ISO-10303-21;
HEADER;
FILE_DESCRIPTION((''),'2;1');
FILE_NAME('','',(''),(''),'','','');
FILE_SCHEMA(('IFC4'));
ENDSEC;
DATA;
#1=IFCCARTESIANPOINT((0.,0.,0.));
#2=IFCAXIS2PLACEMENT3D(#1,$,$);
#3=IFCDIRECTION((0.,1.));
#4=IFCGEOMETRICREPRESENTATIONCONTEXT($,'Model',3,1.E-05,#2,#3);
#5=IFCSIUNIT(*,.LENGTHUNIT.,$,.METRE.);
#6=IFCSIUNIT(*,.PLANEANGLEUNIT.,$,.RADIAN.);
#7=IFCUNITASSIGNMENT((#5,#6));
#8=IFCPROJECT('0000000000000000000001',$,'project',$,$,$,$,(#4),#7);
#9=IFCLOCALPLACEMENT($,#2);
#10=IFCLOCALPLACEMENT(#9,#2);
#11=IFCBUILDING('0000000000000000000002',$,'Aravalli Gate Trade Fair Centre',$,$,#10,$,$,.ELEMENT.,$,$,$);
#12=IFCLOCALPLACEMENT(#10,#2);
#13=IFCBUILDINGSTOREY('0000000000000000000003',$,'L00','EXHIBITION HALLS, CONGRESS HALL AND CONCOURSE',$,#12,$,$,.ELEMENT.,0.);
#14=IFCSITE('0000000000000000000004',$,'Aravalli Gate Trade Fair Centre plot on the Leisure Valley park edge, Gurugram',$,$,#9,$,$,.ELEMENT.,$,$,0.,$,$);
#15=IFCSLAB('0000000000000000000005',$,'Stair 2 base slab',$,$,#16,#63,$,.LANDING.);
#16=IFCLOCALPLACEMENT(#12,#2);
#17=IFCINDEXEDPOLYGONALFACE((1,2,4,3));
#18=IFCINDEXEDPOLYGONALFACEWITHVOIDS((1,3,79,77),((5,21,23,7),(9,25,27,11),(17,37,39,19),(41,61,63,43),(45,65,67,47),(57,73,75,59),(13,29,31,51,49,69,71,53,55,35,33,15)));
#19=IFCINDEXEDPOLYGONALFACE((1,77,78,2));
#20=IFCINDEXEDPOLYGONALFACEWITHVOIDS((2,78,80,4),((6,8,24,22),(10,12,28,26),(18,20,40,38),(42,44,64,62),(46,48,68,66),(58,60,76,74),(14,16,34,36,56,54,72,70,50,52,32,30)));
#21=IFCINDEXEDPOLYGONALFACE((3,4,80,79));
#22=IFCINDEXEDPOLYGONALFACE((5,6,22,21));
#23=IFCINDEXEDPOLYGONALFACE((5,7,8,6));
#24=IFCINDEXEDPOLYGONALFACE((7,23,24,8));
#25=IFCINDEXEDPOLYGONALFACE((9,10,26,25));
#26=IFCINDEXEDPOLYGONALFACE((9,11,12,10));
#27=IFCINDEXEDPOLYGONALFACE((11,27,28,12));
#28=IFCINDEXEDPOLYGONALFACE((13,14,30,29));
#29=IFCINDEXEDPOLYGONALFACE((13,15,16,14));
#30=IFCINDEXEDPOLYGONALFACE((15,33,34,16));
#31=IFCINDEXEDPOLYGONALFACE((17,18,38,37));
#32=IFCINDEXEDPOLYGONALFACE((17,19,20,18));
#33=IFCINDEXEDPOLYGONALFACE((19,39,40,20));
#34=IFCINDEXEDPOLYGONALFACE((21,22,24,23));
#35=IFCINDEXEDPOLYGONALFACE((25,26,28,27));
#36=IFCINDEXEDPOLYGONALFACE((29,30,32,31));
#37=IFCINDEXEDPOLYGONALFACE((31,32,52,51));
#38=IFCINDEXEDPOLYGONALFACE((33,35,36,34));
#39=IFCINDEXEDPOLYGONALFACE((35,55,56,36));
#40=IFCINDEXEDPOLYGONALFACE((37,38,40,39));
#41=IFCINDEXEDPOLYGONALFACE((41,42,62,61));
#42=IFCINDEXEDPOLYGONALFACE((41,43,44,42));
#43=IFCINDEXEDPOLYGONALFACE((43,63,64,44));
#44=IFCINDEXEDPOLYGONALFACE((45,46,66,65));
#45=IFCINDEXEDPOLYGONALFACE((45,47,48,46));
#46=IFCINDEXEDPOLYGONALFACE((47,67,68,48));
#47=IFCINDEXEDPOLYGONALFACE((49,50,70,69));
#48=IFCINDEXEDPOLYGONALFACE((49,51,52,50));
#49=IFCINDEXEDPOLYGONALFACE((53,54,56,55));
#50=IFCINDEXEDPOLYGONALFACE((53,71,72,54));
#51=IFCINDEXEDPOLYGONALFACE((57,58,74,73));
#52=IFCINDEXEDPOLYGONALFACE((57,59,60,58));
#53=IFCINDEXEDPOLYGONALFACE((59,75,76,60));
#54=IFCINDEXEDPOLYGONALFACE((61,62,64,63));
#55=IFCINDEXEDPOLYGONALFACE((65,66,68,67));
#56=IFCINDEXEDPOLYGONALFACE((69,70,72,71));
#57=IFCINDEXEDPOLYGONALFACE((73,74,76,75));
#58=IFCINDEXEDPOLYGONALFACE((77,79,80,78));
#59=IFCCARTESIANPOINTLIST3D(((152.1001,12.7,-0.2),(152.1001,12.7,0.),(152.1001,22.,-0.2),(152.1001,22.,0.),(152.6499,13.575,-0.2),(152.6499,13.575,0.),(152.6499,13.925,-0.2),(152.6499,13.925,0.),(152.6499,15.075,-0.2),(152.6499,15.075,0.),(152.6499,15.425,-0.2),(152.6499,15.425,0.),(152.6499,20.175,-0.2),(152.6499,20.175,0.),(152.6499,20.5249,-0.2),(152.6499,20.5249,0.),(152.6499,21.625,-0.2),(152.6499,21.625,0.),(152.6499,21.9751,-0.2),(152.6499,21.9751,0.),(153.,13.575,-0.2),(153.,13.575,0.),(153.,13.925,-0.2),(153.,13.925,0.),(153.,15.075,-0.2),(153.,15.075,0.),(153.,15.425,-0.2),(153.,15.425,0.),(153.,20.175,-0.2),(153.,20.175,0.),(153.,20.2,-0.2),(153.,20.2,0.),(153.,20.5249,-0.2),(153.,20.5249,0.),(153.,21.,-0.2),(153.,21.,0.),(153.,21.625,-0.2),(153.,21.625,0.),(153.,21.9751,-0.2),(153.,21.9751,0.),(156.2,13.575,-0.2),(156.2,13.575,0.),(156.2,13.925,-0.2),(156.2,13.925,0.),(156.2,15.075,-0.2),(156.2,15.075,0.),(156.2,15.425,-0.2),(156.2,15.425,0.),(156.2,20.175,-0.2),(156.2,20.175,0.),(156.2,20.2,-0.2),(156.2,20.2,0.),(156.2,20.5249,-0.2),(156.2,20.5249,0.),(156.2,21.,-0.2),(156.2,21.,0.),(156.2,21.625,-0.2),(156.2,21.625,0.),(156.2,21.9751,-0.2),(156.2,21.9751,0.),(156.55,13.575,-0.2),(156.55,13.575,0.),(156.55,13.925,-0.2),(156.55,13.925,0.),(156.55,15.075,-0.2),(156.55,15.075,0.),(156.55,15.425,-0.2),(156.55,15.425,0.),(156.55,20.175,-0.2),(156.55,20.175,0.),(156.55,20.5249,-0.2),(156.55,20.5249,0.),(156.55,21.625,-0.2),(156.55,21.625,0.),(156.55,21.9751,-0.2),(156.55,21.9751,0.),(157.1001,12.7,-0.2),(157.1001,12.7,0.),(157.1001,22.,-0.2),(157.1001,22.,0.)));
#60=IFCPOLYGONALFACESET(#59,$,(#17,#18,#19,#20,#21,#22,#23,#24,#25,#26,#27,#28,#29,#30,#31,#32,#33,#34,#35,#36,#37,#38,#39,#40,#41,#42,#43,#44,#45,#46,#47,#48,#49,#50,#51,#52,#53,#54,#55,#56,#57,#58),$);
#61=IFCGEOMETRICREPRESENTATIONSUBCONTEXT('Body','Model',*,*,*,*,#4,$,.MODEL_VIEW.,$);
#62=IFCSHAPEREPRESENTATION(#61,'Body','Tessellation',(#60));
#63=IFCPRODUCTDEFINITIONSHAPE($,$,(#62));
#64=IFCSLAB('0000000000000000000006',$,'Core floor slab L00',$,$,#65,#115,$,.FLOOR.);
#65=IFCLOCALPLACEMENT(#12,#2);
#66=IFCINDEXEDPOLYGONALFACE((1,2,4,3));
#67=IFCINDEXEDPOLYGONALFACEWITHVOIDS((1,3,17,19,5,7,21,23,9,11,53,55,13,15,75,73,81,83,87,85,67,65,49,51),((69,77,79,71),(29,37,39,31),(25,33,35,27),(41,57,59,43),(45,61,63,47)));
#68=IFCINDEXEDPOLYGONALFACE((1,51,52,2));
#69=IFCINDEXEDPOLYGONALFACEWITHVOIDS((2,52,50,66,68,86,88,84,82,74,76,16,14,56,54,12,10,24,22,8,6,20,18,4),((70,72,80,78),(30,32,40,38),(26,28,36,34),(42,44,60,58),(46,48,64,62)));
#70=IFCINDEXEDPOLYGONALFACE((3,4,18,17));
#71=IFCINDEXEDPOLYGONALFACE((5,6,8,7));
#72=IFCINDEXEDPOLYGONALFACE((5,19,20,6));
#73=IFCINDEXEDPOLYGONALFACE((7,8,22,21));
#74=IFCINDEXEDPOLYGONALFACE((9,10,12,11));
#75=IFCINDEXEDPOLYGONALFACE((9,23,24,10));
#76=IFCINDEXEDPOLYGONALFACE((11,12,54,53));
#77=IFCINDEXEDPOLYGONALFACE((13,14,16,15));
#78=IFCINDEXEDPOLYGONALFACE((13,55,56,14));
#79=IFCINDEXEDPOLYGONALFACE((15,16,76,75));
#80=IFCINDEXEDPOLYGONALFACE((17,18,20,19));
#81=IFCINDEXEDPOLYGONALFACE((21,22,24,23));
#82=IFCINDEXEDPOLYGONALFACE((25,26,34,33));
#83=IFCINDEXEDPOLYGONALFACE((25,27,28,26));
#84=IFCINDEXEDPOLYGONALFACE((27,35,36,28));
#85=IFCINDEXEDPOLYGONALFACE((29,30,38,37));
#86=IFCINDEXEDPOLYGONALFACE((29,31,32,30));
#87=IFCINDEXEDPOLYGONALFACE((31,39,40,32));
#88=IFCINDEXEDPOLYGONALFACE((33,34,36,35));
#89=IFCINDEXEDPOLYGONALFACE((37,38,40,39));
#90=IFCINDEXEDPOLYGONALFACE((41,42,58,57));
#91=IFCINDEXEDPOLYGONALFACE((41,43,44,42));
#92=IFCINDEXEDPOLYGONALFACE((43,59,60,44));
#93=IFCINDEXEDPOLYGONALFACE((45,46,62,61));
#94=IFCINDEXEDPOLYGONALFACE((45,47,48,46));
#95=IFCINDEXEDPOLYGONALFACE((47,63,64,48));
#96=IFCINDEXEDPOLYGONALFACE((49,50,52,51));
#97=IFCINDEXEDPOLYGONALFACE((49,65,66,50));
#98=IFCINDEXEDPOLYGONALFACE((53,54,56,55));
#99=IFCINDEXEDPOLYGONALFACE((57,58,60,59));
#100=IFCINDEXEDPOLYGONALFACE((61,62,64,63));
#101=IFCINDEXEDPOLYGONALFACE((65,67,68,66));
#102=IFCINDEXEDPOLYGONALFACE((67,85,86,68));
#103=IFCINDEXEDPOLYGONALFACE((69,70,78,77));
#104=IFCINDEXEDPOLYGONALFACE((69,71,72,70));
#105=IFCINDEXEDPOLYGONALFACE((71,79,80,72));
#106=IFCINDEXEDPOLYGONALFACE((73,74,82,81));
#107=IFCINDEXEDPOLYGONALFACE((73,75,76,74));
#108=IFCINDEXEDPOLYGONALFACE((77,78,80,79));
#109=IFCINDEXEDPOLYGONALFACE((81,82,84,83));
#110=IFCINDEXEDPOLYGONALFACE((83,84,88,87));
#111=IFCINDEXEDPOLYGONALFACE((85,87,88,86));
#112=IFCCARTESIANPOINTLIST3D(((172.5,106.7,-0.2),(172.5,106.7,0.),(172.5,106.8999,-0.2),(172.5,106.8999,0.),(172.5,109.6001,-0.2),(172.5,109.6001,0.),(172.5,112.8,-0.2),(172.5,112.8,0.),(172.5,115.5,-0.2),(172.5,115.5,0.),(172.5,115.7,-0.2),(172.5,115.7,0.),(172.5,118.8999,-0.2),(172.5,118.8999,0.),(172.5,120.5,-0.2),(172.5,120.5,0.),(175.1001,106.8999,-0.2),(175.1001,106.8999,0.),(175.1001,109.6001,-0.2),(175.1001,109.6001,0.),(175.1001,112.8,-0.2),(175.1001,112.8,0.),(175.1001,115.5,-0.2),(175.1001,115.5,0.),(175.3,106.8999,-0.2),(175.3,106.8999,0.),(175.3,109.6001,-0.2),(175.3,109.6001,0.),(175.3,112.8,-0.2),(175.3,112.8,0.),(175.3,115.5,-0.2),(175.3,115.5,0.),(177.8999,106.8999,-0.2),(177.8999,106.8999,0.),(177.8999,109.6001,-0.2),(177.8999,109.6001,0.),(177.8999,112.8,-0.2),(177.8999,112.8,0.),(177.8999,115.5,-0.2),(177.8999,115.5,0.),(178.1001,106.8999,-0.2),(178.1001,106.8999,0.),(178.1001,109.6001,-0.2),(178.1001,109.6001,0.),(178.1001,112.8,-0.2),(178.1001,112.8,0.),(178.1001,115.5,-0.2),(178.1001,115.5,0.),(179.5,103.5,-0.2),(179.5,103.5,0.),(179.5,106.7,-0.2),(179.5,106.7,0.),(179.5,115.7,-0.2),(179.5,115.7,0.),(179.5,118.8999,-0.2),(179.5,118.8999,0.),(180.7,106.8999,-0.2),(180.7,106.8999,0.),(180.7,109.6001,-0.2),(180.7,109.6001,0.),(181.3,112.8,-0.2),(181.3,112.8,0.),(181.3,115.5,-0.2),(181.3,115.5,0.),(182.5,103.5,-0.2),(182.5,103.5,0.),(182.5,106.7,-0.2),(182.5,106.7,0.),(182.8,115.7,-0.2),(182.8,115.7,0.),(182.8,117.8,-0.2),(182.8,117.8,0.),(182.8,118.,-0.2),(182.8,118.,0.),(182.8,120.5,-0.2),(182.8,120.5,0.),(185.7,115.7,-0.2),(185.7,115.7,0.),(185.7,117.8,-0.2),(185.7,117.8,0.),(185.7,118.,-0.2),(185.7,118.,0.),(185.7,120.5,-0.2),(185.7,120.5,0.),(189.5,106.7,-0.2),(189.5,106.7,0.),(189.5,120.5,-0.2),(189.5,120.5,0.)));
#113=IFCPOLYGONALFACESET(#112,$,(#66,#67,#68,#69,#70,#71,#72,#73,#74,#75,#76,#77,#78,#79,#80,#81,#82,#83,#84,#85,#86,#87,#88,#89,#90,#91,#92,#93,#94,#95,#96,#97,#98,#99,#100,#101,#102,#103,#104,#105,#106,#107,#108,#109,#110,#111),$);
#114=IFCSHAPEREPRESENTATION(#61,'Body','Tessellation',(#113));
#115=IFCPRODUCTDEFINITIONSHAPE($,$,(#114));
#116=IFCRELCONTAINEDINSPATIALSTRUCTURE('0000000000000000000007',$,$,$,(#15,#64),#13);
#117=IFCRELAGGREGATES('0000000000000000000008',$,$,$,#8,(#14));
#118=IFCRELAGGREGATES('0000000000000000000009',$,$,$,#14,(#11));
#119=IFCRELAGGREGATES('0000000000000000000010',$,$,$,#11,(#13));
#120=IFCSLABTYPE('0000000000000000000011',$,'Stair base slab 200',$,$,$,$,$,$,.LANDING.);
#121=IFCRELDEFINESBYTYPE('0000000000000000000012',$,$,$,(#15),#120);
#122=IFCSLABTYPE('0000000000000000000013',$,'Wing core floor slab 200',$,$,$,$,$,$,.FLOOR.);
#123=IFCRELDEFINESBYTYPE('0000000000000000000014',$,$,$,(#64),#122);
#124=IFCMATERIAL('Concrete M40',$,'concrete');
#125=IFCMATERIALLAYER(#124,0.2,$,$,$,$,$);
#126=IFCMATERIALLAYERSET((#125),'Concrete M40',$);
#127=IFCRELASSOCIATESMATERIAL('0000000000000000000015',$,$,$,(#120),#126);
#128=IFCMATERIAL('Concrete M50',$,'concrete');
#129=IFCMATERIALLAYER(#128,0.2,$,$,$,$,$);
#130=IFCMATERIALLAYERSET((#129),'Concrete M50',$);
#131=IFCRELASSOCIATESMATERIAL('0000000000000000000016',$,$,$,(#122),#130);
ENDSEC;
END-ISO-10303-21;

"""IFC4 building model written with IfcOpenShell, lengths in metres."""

from ifc_helpers import new_model, si_unit, direction, frame, origin, place, context, subcontext, project, spatial, polyline, outline, extrude, material, layer, layer_set, type_object, element, save


model = new_model("IFC4")

# Units and contexts
model_context = context("Model", 3, precision=1e-05, world=origin(), true_north=direction((0.0, 1.0)))
body_context = subcontext(model_context, "Body", "Model", "MODEL_VIEW")
ifc_project = project(units=[si_unit("LENGTHUNIT", "METRE"), si_unit("PLANEANGLEUNIT", "RADIAN")], contexts=[model_context])

# Site, building, storey
site_placement = place(None, origin())
site = spatial("IfcSite", under=ifc_project, at=site_placement, Name="Aravalli Gate Trade Fair Centre plot on the Leisure Valley park edge, Gurugram", CompositionType="ELEMENT", RefElevation=0.0)
building_placement = place(site_placement, origin())
building = spatial("IfcBuilding", under=site, at=building_placement, Name="Aravalli Gate Trade Fair Centre", CompositionType="ELEMENT")
storey_placement = place(building_placement, origin())
storey = spatial("IfcBuildingStorey", under=building, at=storey_placement, Name="L00", Description="EXHIBITION HALLS, CONGRESS HALL AND CONCOURSE", CompositionType="ELEMENT", Elevation=0.0)

# Slabs
ifc_material_1 = material(Name="Concrete M40", Category="concrete")
ifc_layer_1 = layer(ifc_material_1, 0.2)
ifc_layer_set_1 = layer_set([ifc_layer_1], Name="Concrete M40")
slab_type_1 = type_object("IfcSlabType", Name="Stair base slab 200", PredefinedType="LANDING", material=ifc_layer_set_1)
slab_1_placement = place(storey_placement, frame((0.0, 0.0, -0.2)))
element("IfcSlab", 1, at=slab_1_placement, inside=storey, type_object=slab_type_1, Name="Stair 2 base slab", PredefinedType="LANDING", context=body_context, shape_type="SweptSolid", body=[
    extrude(outline(polyline([(152.1001, 12.7), (152.1001, 22.0), (157.1001, 22.0), (157.1001, 12.7), (152.1001, 12.7)]), holes=[polyline([(156.2, 13.925), (156.2, 13.575), (156.55, 13.575), (156.55, 13.925), (156.2, 13.925)]), polyline([(156.55, 15.425), (156.2, 15.425), (156.2, 15.075), (156.55, 15.075), (156.55, 15.425)]), polyline([(156.2, 20.5249), (156.2, 21.0), (153.0, 21.0), (153.0, 20.5249), (152.6499, 20.5249), (152.6499, 20.175), (153.0, 20.175), (153.0, 20.2), (156.2, 20.2), (156.2, 20.175), (156.55, 20.175), (156.55, 20.5249), (156.2, 20.5249)]), polyline([(156.2, 21.9751), (156.2, 21.625), (156.55, 21.625), (156.55, 21.9751), (156.2, 21.9751)]), polyline([(152.6499, 21.9751), (152.6499, 21.625), (153.0, 21.625), (153.0, 21.9751), (152.6499, 21.9751)]), polyline([(153.0, 15.425), (152.6499, 15.425), (152.6499, 15.075), (153.0, 15.075), (153.0, 15.425)]), polyline([(152.6499, 13.925), (152.6499, 13.575), (153.0, 13.575), (153.0, 13.925), (152.6499, 13.925)])]), origin(), (0.0, 0.0, 1.0), 0.2),
])
ifc_material_2 = material(Name="Concrete M50", Category="concrete")
ifc_layer_2 = layer(ifc_material_2, 0.2)
ifc_layer_set_2 = layer_set([ifc_layer_2], Name="Concrete M50")
slab_type_2 = type_object("IfcSlabType", Name="Wing core floor slab 200", PredefinedType="FLOOR", material=ifc_layer_set_2)
slab_2_placement = place(storey_placement, frame((0.0, 0.0, -0.2)))
element("IfcSlab", 2, at=slab_2_placement, inside=storey, type_object=slab_type_2, Name="Core floor slab L00", PredefinedType="FLOOR", context=body_context, shape_type="SweptSolid", body=[
    extrude(outline(polyline([(189.5, 120.5), (189.5, 106.7), (182.5, 106.7), (182.5, 103.5), (179.5, 103.5), (179.5, 106.7), (172.5, 106.7), (172.5, 106.8999), (175.1001, 106.8999), (175.1001, 109.6001), (172.5, 109.6001), (172.5, 112.8), (175.1001, 112.8), (175.1001, 115.5), (172.5, 115.5), (172.5, 115.7), (179.5, 115.7), (179.5, 118.8999), (172.5, 118.8999), (172.5, 120.5), (182.8, 120.5), (182.8, 118.0), (185.7, 118.0), (185.7, 120.5), (189.5, 120.5)]), holes=[polyline([(175.3, 109.6001), (175.3, 106.8999), (177.8999, 106.8999), (177.8999, 109.6001), (175.3, 109.6001)]), polyline([(177.8999, 115.5), (175.3, 115.5), (175.3, 112.8), (177.8999, 112.8), (177.8999, 115.5)]), polyline([(180.7, 109.6001), (178.1001, 109.6001), (178.1001, 106.8999), (180.7, 106.8999), (180.7, 109.6001)]), polyline([(178.1001, 115.5), (178.1001, 112.8), (181.3, 112.8), (181.3, 115.5), (178.1001, 115.5)]), polyline([(185.7, 117.8), (182.8, 117.8), (182.8, 115.7), (185.7, 115.7), (185.7, 117.8)])]), origin(), (0.0, 0.0, 1.0), 0.2),
])

save(model, "model.ifc")
